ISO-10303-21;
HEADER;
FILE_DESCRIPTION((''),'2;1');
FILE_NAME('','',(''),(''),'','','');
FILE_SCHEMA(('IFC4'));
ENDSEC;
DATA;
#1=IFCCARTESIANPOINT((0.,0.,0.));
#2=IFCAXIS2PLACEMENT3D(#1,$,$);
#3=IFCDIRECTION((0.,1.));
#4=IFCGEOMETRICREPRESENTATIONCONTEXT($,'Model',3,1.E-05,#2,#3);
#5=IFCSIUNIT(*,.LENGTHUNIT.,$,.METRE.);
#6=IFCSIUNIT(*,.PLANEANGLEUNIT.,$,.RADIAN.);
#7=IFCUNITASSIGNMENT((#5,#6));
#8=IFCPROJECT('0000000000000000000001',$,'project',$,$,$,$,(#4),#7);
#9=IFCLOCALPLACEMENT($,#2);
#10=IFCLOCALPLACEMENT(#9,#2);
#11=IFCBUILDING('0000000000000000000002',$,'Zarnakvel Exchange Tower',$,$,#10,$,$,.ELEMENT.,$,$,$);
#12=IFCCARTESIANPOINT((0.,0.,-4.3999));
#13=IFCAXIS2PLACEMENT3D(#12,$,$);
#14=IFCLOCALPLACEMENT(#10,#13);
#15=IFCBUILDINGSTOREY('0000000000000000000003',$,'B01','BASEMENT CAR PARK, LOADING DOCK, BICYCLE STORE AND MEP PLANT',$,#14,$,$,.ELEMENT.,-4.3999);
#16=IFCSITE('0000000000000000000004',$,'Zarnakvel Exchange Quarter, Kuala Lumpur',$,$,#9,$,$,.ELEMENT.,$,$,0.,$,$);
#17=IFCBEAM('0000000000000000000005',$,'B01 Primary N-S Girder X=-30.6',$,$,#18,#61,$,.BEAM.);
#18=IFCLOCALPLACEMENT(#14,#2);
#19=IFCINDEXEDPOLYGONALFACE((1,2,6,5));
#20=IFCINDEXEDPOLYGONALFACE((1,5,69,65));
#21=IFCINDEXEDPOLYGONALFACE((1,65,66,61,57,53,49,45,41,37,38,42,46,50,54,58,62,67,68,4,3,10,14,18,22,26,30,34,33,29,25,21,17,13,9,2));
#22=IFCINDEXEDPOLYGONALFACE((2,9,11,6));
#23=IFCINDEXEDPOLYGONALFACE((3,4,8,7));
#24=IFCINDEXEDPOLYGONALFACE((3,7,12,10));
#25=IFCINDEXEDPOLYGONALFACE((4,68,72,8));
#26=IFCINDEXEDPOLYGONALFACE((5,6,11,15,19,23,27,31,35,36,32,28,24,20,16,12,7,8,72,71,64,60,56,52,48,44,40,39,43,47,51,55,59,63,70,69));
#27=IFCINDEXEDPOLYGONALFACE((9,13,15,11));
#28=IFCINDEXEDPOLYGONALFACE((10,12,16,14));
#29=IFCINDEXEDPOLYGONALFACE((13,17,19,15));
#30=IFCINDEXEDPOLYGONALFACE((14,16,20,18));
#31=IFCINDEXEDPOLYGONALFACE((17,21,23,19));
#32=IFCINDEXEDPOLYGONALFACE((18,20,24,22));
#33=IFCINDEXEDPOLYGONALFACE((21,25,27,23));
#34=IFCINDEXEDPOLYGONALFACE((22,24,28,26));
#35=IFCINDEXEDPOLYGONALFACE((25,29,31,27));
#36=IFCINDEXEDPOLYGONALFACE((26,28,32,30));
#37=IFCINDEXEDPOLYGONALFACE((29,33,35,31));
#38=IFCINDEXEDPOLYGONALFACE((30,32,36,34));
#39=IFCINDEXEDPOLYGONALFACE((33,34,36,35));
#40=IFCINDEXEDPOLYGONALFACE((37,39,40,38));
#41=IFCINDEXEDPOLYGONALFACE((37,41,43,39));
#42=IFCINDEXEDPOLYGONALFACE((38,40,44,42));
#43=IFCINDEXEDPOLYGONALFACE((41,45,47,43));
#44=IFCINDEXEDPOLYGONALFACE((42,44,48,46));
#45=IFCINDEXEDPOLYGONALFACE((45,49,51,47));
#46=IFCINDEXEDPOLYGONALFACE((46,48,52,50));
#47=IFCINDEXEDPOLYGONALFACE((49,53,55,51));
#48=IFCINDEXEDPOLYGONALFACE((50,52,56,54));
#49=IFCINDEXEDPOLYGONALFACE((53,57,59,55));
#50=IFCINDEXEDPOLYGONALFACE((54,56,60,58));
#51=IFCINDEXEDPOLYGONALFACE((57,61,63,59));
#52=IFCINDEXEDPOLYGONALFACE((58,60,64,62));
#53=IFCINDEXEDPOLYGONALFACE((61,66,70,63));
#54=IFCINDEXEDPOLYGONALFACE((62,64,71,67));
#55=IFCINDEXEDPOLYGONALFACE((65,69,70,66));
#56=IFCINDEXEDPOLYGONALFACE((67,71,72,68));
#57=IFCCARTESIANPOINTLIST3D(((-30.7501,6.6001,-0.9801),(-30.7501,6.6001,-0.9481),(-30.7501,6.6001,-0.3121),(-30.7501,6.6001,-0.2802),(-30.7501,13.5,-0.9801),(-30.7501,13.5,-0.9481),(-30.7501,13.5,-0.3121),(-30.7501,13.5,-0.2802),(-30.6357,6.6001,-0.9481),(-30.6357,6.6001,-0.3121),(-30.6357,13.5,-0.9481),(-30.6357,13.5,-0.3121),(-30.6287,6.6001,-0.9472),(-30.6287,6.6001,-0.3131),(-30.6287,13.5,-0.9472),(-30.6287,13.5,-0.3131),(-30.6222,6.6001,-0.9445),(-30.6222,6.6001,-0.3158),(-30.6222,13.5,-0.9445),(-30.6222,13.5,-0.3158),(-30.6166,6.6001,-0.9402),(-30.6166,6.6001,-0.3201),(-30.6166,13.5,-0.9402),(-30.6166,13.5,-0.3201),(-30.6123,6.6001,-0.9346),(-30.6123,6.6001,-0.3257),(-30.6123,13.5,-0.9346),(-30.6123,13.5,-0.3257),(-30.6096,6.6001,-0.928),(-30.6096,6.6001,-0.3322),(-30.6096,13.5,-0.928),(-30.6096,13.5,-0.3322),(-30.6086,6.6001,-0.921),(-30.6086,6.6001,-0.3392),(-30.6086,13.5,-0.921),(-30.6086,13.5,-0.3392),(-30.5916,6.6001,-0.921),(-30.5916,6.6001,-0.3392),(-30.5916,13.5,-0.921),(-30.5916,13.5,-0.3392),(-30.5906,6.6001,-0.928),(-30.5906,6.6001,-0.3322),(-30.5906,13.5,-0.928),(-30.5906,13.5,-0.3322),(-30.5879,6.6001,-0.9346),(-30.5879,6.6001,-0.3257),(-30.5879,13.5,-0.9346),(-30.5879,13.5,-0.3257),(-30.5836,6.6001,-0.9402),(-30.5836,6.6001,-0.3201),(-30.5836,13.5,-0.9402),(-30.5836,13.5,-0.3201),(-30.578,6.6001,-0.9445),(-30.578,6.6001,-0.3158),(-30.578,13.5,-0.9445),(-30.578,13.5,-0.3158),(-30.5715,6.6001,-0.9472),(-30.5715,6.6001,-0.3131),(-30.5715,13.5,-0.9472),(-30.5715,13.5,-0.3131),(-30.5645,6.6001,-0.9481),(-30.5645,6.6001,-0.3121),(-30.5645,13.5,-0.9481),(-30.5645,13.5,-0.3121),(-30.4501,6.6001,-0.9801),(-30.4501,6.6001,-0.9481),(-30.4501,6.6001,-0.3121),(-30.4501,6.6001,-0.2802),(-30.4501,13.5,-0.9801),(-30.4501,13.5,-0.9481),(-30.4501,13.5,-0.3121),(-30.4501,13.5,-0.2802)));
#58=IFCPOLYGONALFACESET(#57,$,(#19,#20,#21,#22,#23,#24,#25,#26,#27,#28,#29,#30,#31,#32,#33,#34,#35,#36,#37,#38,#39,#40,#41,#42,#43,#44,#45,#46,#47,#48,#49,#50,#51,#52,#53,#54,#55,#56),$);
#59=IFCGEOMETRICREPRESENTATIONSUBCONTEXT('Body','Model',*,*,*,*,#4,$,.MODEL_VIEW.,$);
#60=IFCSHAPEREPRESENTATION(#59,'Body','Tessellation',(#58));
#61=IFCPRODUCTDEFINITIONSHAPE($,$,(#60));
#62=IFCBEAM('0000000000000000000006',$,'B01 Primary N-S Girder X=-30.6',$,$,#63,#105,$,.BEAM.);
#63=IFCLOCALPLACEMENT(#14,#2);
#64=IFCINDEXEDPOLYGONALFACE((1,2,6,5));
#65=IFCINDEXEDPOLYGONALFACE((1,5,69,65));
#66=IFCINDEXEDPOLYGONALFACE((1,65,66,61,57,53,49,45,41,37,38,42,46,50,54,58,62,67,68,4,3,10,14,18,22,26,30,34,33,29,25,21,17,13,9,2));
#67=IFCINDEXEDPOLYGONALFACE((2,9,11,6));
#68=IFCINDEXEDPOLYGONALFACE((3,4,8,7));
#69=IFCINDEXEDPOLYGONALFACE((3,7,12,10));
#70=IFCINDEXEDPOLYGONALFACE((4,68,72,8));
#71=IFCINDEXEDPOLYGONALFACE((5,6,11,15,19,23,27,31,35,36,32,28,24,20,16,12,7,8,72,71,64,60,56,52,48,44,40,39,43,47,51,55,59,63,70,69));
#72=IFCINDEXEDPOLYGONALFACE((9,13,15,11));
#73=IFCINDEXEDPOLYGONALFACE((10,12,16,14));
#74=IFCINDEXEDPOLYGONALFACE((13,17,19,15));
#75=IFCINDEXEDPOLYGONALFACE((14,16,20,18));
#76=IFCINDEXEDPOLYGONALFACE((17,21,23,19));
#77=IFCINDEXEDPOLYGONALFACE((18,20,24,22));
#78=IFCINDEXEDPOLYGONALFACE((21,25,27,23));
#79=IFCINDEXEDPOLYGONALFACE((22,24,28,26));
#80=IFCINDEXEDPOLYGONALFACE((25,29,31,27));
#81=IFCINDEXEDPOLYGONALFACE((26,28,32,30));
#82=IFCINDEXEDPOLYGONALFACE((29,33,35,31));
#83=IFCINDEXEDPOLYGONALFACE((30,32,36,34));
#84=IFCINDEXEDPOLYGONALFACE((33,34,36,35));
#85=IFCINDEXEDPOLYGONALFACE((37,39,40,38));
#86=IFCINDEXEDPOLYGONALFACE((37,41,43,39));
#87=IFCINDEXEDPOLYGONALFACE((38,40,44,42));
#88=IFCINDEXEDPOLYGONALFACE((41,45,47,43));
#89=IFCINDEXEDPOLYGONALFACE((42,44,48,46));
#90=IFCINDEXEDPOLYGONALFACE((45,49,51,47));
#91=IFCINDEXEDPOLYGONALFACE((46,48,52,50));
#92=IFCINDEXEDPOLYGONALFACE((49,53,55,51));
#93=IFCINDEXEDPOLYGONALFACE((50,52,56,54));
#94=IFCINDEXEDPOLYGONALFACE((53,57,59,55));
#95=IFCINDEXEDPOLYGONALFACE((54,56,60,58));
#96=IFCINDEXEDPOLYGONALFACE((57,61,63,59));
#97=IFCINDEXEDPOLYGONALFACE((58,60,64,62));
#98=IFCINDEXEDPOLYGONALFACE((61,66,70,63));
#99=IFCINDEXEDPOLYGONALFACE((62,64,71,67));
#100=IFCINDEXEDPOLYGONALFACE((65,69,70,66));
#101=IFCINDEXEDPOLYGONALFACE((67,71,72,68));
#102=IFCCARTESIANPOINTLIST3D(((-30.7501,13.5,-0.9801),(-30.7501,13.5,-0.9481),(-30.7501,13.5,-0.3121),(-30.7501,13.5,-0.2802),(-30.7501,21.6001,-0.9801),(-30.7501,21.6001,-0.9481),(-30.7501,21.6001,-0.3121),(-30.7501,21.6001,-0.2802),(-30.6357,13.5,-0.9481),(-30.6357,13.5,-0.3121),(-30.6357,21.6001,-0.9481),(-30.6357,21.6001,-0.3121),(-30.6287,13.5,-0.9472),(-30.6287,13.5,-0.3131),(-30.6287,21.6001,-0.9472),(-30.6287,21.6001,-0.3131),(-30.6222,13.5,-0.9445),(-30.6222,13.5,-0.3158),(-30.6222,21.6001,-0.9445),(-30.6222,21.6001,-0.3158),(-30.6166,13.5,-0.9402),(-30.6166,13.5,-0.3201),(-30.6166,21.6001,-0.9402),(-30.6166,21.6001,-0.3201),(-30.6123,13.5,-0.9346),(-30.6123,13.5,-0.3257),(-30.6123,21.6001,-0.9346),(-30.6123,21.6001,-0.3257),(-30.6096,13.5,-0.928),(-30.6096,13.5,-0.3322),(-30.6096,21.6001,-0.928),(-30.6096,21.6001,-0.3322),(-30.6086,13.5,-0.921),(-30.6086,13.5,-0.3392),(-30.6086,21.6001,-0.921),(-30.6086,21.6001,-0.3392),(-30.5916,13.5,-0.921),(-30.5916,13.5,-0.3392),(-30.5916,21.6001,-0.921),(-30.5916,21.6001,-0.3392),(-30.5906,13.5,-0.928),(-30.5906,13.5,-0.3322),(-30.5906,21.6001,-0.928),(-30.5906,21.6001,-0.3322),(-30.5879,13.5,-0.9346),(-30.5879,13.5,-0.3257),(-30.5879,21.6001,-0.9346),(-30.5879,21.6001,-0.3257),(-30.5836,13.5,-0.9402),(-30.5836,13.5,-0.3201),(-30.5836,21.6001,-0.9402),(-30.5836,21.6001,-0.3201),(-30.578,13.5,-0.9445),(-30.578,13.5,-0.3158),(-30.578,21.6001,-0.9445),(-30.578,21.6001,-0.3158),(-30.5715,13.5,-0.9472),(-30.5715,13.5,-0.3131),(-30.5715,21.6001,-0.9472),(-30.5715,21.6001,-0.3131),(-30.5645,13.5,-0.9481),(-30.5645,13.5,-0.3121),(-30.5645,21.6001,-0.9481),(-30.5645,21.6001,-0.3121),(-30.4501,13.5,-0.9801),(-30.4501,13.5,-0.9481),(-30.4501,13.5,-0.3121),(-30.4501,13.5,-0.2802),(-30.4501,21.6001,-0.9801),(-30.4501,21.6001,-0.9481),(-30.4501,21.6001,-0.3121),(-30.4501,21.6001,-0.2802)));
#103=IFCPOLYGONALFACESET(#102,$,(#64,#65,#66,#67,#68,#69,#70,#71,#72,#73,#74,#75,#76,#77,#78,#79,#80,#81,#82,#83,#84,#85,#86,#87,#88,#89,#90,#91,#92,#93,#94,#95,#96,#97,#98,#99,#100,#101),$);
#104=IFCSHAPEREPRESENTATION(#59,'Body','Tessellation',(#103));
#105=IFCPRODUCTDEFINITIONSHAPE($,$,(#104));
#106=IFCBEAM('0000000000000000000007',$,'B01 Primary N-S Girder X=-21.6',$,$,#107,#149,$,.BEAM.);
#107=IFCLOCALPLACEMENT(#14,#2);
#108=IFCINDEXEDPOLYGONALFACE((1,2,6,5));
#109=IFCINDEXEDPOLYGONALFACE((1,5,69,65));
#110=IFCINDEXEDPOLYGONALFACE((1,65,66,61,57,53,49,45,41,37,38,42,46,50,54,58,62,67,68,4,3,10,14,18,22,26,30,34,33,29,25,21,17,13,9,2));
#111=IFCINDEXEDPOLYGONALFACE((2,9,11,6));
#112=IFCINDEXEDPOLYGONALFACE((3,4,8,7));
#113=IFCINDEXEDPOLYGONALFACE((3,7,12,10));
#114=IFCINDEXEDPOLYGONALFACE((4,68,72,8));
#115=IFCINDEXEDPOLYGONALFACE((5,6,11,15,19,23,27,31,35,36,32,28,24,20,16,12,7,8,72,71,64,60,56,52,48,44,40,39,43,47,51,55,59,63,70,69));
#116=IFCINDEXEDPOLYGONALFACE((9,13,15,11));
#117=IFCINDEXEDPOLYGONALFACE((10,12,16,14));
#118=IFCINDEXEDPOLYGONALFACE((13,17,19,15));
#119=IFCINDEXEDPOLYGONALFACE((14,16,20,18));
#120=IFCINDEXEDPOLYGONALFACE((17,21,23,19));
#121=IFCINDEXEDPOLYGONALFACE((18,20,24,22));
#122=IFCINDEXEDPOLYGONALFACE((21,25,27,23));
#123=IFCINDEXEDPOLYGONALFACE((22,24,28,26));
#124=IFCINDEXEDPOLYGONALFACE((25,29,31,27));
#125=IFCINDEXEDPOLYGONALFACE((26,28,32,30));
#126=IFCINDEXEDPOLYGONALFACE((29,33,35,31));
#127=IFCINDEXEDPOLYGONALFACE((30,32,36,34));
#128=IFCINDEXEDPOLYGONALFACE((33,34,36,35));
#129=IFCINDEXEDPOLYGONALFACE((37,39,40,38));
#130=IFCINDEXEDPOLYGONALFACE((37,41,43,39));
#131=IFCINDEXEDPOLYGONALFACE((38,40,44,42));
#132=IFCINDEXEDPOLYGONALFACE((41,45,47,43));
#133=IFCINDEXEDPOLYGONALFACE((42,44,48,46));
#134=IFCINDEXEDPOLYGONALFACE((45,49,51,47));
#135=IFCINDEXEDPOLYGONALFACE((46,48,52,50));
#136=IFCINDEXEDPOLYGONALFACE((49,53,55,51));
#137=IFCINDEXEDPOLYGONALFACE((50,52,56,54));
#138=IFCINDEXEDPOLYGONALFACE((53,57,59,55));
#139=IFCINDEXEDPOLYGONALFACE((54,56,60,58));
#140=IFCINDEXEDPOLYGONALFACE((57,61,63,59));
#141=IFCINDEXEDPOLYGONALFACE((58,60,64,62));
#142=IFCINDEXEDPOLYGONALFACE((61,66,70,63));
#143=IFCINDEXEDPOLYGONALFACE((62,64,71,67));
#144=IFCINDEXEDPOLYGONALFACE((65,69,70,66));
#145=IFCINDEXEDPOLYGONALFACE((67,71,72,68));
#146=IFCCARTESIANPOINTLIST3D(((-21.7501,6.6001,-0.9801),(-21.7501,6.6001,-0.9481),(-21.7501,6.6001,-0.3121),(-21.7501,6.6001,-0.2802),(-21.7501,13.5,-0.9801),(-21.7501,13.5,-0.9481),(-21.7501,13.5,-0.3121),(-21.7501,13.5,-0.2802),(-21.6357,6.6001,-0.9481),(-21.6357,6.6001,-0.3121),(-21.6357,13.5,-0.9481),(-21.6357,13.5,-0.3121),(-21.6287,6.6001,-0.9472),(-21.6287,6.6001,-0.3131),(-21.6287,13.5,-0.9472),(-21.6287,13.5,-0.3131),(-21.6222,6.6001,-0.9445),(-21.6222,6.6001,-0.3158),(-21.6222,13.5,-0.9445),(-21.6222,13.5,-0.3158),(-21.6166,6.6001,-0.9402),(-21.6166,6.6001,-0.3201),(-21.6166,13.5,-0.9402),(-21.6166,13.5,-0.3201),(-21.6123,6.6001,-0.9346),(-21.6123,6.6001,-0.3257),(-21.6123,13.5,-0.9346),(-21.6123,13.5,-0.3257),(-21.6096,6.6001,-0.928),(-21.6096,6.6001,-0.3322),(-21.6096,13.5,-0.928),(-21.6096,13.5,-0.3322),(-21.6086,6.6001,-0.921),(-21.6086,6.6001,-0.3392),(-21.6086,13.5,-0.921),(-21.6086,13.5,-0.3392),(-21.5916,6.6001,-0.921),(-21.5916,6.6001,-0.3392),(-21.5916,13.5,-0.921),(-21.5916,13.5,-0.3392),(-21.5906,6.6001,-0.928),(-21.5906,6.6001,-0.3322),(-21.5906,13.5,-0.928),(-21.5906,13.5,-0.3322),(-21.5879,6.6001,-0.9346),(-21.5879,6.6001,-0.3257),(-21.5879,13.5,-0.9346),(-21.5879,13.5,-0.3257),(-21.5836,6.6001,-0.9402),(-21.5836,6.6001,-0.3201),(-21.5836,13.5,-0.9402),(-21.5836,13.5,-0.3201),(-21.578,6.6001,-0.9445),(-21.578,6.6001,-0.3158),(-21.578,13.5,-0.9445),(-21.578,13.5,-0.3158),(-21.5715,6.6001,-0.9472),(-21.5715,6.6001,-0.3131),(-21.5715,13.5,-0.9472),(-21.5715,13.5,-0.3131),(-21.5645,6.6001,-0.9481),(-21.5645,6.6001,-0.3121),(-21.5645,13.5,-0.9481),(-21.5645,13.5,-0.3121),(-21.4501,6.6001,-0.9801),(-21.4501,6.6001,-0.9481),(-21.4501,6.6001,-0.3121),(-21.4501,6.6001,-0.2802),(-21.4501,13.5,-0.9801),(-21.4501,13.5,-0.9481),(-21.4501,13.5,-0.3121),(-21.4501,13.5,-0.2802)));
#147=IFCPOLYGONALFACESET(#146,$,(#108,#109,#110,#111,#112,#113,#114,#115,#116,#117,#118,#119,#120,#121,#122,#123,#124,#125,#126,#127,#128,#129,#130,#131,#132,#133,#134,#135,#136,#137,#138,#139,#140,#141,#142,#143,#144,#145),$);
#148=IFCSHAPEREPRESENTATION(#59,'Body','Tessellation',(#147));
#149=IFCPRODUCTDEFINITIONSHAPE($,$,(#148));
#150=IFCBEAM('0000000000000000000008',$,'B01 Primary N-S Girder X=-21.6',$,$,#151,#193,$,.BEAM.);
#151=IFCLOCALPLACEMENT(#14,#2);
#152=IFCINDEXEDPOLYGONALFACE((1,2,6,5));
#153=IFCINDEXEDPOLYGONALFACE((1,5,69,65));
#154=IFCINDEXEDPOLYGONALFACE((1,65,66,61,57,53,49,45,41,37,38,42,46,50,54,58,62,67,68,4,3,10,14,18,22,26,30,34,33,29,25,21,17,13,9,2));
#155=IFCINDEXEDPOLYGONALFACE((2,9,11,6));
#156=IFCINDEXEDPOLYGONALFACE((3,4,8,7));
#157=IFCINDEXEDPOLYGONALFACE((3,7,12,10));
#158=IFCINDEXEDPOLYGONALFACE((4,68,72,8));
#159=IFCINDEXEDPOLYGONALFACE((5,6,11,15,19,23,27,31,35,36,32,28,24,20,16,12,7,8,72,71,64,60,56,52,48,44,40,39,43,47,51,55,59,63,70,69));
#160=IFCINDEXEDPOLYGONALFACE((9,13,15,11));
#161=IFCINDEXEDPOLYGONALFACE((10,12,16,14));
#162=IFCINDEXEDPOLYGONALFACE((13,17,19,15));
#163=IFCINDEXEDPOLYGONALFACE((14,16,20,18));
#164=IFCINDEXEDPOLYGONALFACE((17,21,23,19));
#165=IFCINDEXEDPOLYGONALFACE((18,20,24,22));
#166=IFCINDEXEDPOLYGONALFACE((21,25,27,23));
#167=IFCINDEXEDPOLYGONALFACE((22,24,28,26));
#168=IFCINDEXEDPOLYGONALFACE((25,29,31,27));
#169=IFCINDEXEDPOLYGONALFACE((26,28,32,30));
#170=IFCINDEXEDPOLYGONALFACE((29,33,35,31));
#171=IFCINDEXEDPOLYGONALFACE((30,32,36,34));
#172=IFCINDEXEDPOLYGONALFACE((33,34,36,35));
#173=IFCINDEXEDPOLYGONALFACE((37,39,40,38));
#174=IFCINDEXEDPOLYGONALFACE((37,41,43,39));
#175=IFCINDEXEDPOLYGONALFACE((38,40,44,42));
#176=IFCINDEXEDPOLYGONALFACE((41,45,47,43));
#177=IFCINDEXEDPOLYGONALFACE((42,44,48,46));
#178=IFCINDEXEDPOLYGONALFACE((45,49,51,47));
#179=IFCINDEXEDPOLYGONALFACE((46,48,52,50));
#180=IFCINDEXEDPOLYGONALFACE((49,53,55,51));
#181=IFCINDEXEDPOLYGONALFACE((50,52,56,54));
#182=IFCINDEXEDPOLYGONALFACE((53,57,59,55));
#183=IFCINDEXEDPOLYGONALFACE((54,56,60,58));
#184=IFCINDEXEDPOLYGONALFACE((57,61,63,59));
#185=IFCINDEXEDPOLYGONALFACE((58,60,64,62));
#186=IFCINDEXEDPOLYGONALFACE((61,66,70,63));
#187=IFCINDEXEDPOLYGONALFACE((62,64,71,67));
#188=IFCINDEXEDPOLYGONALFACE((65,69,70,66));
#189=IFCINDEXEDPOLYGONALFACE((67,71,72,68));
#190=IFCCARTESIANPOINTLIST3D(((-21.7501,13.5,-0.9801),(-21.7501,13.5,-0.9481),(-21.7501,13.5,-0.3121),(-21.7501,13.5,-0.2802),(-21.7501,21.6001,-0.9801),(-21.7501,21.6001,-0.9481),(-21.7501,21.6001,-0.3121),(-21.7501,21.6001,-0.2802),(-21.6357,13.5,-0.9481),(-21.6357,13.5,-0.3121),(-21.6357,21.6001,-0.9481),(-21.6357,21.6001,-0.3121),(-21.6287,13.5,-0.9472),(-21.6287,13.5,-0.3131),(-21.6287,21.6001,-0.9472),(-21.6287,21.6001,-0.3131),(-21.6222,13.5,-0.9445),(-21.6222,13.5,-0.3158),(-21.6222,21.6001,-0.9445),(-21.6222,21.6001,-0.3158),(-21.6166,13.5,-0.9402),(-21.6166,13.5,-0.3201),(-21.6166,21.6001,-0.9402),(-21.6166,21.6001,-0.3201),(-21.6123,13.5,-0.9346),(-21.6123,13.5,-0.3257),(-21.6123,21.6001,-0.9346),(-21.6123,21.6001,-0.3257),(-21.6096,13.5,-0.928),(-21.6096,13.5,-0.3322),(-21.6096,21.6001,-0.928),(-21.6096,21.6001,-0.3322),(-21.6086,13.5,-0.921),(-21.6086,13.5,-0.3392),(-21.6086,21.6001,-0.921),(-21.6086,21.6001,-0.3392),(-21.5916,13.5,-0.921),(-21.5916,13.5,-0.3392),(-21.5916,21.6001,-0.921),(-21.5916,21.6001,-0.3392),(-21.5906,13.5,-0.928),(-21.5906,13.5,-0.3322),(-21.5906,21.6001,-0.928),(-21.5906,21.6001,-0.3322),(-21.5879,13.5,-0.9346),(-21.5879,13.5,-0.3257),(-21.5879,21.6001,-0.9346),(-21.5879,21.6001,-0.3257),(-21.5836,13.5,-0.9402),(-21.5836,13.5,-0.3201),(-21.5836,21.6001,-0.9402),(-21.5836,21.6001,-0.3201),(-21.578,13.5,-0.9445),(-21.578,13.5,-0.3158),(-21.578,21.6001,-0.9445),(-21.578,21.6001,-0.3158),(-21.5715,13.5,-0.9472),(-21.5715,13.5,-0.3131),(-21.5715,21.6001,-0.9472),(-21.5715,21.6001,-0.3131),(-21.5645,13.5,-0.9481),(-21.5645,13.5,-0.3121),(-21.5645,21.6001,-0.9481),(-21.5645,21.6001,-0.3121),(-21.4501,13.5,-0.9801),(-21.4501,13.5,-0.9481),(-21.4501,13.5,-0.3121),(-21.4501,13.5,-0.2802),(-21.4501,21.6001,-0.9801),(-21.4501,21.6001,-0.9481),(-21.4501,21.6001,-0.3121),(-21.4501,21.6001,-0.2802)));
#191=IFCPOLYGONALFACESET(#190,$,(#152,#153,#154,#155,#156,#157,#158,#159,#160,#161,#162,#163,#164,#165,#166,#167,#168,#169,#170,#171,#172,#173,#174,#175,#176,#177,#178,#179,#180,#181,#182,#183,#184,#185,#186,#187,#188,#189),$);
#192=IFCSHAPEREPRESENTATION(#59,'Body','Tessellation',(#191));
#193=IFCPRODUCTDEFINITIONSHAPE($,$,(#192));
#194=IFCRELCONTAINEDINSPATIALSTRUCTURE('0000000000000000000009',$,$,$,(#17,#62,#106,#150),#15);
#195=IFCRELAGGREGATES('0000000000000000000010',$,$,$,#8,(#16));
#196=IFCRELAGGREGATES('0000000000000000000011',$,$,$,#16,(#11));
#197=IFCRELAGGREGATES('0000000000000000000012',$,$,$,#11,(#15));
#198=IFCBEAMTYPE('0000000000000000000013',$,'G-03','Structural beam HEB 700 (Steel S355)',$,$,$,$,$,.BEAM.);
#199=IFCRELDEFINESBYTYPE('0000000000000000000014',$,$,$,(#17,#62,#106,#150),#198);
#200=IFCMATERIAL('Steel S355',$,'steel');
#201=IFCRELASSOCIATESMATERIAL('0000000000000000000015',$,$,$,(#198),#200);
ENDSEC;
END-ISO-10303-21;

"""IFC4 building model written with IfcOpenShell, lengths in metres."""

from ifc_helpers import new_model, si_unit, direction, frame, origin, origin_2d, place, context, subcontext, project, spatial, i_section, extrude, material, material_profile, profile_set, type_object, element, save


model = new_model("IFC4")

# Units and contexts
model_context = context("Model", 3, precision=1e-05, world=origin(), true_north=direction((0.0, 1.0)))
body_context = subcontext(model_context, "Body", "Model", "MODEL_VIEW")
ifc_project = project(units=[si_unit("LENGTHUNIT", "METRE"), si_unit("PLANEANGLEUNIT", "RADIAN")], contexts=[model_context])

# Site, building, storey
site_placement = place(None, origin())
site = spatial("IfcSite", under=ifc_project, at=site_placement, Name="Zarnakvel Exchange Quarter, Kuala Lumpur", CompositionType="ELEMENT", RefElevation=0.0)
building_placement = place(site_placement, origin())
building = spatial("IfcBuilding", under=site, at=building_placement, Name="Zarnakvel Exchange Tower", CompositionType="ELEMENT")
storey_placement = place(building_placement, frame((0.0, 0.0, -4.3999)))
storey = spatial("IfcBuildingStorey", under=building, at=storey_placement, Name="B01", Description="BASEMENT CAR PARK, LOADING DOCK, BICYCLE STORE AND MEP PLANT", CompositionType="ELEMENT", Elevation=-4.3999)

# Beams
ifc_material_1 = material(Name="Steel S355", Category="steel")
ifc_material_profile_1 = material_profile(ifc_material_1, i_section(OverallWidth=0.3, OverallDepth=0.7, WebThickness=0.0171, FlangeThickness=0.032, FilletRadius=0.0271, at=origin_2d()))
ifc_profile_set_1 = profile_set([ifc_material_profile_1], Name="Steel S355")
beam_type_1 = type_object("IfcBeamType", Name="G-03", Description="Structural beam HEB 700 (Steel S355)", PredefinedType="BEAM", material=ifc_profile_set_1)
beam_1_placement = place(storey_placement, frame((-30.6001, 6.6001, -0.6301), z_axis=(0.0, 1.0, 0.0), x_axis=(-1.0, 0.0, 0.0)))
element("IfcBeam", 1, at=beam_1_placement, inside=storey, type_object=beam_type_1, Name="B01 Primary N-S Girder X=-30.6", PredefinedType="BEAM", context=body_context, shape_type="SweptSolid", body=[
    extrude(i_section(OverallWidth=0.3, OverallDepth=0.7, WebThickness=0.0171, FlangeThickness=0.032, FilletRadius=0.0271, at=origin_2d()), origin(), (0.0, 0.0, 1.0), 6.8999),
])
beam_2_placement = place(storey_placement, frame((-30.6001, 13.5, -0.6301), z_axis=(0.0, 1.0, 0.0), x_axis=(-1.0, 0.0, 0.0)))
element("IfcBeam", 2, at=beam_2_placement, inside=storey, type_object=beam_type_1, Name="B01 Primary N-S Girder X=-30.6", PredefinedType="BEAM", context=body_context, shape_type="SweptSolid", body=[
    extrude(i_section(OverallWidth=0.3, OverallDepth=0.7, WebThickness=0.0171, FlangeThickness=0.032, FilletRadius=0.0271, at=origin_2d()), origin(), (0.0, 0.0, 1.0), 8.1001),
])
beam_3_placement = place(storey_placement, frame((-21.6001, 6.6001, -0.6301), z_axis=(0.0, 1.0, 0.0), x_axis=(-1.0, 0.0, 0.0)))
element("IfcBeam", 3, at=beam_3_placement, inside=storey, type_object=beam_type_1, Name="B01 Primary N-S Girder X=-21.6", PredefinedType="BEAM", context=body_context, shape_type="SweptSolid", body=[
    extrude(i_section(OverallWidth=0.3, OverallDepth=0.7, WebThickness=0.0171, FlangeThickness=0.032, FilletRadius=0.0271, at=origin_2d()), origin(), (0.0, 0.0, 1.0), 6.8999),
])
beam_4_placement = place(storey_placement, frame((-21.6001, 13.5, -0.6301), z_axis=(0.0, 1.0, 0.0), x_axis=(-1.0, 0.0, 0.0)))
element("IfcBeam", 4, at=beam_4_placement, inside=storey, type_object=beam_type_1, Name="B01 Primary N-S Girder X=-21.6", PredefinedType="BEAM", context=body_context, shape_type="SweptSolid", body=[
    extrude(i_section(OverallWidth=0.3, OverallDepth=0.7, WebThickness=0.0171, FlangeThickness=0.032, FilletRadius=0.0271, at=origin_2d()), origin(), (0.0, 0.0, 1.0), 8.1001),
])

save(model, "model.ifc")
